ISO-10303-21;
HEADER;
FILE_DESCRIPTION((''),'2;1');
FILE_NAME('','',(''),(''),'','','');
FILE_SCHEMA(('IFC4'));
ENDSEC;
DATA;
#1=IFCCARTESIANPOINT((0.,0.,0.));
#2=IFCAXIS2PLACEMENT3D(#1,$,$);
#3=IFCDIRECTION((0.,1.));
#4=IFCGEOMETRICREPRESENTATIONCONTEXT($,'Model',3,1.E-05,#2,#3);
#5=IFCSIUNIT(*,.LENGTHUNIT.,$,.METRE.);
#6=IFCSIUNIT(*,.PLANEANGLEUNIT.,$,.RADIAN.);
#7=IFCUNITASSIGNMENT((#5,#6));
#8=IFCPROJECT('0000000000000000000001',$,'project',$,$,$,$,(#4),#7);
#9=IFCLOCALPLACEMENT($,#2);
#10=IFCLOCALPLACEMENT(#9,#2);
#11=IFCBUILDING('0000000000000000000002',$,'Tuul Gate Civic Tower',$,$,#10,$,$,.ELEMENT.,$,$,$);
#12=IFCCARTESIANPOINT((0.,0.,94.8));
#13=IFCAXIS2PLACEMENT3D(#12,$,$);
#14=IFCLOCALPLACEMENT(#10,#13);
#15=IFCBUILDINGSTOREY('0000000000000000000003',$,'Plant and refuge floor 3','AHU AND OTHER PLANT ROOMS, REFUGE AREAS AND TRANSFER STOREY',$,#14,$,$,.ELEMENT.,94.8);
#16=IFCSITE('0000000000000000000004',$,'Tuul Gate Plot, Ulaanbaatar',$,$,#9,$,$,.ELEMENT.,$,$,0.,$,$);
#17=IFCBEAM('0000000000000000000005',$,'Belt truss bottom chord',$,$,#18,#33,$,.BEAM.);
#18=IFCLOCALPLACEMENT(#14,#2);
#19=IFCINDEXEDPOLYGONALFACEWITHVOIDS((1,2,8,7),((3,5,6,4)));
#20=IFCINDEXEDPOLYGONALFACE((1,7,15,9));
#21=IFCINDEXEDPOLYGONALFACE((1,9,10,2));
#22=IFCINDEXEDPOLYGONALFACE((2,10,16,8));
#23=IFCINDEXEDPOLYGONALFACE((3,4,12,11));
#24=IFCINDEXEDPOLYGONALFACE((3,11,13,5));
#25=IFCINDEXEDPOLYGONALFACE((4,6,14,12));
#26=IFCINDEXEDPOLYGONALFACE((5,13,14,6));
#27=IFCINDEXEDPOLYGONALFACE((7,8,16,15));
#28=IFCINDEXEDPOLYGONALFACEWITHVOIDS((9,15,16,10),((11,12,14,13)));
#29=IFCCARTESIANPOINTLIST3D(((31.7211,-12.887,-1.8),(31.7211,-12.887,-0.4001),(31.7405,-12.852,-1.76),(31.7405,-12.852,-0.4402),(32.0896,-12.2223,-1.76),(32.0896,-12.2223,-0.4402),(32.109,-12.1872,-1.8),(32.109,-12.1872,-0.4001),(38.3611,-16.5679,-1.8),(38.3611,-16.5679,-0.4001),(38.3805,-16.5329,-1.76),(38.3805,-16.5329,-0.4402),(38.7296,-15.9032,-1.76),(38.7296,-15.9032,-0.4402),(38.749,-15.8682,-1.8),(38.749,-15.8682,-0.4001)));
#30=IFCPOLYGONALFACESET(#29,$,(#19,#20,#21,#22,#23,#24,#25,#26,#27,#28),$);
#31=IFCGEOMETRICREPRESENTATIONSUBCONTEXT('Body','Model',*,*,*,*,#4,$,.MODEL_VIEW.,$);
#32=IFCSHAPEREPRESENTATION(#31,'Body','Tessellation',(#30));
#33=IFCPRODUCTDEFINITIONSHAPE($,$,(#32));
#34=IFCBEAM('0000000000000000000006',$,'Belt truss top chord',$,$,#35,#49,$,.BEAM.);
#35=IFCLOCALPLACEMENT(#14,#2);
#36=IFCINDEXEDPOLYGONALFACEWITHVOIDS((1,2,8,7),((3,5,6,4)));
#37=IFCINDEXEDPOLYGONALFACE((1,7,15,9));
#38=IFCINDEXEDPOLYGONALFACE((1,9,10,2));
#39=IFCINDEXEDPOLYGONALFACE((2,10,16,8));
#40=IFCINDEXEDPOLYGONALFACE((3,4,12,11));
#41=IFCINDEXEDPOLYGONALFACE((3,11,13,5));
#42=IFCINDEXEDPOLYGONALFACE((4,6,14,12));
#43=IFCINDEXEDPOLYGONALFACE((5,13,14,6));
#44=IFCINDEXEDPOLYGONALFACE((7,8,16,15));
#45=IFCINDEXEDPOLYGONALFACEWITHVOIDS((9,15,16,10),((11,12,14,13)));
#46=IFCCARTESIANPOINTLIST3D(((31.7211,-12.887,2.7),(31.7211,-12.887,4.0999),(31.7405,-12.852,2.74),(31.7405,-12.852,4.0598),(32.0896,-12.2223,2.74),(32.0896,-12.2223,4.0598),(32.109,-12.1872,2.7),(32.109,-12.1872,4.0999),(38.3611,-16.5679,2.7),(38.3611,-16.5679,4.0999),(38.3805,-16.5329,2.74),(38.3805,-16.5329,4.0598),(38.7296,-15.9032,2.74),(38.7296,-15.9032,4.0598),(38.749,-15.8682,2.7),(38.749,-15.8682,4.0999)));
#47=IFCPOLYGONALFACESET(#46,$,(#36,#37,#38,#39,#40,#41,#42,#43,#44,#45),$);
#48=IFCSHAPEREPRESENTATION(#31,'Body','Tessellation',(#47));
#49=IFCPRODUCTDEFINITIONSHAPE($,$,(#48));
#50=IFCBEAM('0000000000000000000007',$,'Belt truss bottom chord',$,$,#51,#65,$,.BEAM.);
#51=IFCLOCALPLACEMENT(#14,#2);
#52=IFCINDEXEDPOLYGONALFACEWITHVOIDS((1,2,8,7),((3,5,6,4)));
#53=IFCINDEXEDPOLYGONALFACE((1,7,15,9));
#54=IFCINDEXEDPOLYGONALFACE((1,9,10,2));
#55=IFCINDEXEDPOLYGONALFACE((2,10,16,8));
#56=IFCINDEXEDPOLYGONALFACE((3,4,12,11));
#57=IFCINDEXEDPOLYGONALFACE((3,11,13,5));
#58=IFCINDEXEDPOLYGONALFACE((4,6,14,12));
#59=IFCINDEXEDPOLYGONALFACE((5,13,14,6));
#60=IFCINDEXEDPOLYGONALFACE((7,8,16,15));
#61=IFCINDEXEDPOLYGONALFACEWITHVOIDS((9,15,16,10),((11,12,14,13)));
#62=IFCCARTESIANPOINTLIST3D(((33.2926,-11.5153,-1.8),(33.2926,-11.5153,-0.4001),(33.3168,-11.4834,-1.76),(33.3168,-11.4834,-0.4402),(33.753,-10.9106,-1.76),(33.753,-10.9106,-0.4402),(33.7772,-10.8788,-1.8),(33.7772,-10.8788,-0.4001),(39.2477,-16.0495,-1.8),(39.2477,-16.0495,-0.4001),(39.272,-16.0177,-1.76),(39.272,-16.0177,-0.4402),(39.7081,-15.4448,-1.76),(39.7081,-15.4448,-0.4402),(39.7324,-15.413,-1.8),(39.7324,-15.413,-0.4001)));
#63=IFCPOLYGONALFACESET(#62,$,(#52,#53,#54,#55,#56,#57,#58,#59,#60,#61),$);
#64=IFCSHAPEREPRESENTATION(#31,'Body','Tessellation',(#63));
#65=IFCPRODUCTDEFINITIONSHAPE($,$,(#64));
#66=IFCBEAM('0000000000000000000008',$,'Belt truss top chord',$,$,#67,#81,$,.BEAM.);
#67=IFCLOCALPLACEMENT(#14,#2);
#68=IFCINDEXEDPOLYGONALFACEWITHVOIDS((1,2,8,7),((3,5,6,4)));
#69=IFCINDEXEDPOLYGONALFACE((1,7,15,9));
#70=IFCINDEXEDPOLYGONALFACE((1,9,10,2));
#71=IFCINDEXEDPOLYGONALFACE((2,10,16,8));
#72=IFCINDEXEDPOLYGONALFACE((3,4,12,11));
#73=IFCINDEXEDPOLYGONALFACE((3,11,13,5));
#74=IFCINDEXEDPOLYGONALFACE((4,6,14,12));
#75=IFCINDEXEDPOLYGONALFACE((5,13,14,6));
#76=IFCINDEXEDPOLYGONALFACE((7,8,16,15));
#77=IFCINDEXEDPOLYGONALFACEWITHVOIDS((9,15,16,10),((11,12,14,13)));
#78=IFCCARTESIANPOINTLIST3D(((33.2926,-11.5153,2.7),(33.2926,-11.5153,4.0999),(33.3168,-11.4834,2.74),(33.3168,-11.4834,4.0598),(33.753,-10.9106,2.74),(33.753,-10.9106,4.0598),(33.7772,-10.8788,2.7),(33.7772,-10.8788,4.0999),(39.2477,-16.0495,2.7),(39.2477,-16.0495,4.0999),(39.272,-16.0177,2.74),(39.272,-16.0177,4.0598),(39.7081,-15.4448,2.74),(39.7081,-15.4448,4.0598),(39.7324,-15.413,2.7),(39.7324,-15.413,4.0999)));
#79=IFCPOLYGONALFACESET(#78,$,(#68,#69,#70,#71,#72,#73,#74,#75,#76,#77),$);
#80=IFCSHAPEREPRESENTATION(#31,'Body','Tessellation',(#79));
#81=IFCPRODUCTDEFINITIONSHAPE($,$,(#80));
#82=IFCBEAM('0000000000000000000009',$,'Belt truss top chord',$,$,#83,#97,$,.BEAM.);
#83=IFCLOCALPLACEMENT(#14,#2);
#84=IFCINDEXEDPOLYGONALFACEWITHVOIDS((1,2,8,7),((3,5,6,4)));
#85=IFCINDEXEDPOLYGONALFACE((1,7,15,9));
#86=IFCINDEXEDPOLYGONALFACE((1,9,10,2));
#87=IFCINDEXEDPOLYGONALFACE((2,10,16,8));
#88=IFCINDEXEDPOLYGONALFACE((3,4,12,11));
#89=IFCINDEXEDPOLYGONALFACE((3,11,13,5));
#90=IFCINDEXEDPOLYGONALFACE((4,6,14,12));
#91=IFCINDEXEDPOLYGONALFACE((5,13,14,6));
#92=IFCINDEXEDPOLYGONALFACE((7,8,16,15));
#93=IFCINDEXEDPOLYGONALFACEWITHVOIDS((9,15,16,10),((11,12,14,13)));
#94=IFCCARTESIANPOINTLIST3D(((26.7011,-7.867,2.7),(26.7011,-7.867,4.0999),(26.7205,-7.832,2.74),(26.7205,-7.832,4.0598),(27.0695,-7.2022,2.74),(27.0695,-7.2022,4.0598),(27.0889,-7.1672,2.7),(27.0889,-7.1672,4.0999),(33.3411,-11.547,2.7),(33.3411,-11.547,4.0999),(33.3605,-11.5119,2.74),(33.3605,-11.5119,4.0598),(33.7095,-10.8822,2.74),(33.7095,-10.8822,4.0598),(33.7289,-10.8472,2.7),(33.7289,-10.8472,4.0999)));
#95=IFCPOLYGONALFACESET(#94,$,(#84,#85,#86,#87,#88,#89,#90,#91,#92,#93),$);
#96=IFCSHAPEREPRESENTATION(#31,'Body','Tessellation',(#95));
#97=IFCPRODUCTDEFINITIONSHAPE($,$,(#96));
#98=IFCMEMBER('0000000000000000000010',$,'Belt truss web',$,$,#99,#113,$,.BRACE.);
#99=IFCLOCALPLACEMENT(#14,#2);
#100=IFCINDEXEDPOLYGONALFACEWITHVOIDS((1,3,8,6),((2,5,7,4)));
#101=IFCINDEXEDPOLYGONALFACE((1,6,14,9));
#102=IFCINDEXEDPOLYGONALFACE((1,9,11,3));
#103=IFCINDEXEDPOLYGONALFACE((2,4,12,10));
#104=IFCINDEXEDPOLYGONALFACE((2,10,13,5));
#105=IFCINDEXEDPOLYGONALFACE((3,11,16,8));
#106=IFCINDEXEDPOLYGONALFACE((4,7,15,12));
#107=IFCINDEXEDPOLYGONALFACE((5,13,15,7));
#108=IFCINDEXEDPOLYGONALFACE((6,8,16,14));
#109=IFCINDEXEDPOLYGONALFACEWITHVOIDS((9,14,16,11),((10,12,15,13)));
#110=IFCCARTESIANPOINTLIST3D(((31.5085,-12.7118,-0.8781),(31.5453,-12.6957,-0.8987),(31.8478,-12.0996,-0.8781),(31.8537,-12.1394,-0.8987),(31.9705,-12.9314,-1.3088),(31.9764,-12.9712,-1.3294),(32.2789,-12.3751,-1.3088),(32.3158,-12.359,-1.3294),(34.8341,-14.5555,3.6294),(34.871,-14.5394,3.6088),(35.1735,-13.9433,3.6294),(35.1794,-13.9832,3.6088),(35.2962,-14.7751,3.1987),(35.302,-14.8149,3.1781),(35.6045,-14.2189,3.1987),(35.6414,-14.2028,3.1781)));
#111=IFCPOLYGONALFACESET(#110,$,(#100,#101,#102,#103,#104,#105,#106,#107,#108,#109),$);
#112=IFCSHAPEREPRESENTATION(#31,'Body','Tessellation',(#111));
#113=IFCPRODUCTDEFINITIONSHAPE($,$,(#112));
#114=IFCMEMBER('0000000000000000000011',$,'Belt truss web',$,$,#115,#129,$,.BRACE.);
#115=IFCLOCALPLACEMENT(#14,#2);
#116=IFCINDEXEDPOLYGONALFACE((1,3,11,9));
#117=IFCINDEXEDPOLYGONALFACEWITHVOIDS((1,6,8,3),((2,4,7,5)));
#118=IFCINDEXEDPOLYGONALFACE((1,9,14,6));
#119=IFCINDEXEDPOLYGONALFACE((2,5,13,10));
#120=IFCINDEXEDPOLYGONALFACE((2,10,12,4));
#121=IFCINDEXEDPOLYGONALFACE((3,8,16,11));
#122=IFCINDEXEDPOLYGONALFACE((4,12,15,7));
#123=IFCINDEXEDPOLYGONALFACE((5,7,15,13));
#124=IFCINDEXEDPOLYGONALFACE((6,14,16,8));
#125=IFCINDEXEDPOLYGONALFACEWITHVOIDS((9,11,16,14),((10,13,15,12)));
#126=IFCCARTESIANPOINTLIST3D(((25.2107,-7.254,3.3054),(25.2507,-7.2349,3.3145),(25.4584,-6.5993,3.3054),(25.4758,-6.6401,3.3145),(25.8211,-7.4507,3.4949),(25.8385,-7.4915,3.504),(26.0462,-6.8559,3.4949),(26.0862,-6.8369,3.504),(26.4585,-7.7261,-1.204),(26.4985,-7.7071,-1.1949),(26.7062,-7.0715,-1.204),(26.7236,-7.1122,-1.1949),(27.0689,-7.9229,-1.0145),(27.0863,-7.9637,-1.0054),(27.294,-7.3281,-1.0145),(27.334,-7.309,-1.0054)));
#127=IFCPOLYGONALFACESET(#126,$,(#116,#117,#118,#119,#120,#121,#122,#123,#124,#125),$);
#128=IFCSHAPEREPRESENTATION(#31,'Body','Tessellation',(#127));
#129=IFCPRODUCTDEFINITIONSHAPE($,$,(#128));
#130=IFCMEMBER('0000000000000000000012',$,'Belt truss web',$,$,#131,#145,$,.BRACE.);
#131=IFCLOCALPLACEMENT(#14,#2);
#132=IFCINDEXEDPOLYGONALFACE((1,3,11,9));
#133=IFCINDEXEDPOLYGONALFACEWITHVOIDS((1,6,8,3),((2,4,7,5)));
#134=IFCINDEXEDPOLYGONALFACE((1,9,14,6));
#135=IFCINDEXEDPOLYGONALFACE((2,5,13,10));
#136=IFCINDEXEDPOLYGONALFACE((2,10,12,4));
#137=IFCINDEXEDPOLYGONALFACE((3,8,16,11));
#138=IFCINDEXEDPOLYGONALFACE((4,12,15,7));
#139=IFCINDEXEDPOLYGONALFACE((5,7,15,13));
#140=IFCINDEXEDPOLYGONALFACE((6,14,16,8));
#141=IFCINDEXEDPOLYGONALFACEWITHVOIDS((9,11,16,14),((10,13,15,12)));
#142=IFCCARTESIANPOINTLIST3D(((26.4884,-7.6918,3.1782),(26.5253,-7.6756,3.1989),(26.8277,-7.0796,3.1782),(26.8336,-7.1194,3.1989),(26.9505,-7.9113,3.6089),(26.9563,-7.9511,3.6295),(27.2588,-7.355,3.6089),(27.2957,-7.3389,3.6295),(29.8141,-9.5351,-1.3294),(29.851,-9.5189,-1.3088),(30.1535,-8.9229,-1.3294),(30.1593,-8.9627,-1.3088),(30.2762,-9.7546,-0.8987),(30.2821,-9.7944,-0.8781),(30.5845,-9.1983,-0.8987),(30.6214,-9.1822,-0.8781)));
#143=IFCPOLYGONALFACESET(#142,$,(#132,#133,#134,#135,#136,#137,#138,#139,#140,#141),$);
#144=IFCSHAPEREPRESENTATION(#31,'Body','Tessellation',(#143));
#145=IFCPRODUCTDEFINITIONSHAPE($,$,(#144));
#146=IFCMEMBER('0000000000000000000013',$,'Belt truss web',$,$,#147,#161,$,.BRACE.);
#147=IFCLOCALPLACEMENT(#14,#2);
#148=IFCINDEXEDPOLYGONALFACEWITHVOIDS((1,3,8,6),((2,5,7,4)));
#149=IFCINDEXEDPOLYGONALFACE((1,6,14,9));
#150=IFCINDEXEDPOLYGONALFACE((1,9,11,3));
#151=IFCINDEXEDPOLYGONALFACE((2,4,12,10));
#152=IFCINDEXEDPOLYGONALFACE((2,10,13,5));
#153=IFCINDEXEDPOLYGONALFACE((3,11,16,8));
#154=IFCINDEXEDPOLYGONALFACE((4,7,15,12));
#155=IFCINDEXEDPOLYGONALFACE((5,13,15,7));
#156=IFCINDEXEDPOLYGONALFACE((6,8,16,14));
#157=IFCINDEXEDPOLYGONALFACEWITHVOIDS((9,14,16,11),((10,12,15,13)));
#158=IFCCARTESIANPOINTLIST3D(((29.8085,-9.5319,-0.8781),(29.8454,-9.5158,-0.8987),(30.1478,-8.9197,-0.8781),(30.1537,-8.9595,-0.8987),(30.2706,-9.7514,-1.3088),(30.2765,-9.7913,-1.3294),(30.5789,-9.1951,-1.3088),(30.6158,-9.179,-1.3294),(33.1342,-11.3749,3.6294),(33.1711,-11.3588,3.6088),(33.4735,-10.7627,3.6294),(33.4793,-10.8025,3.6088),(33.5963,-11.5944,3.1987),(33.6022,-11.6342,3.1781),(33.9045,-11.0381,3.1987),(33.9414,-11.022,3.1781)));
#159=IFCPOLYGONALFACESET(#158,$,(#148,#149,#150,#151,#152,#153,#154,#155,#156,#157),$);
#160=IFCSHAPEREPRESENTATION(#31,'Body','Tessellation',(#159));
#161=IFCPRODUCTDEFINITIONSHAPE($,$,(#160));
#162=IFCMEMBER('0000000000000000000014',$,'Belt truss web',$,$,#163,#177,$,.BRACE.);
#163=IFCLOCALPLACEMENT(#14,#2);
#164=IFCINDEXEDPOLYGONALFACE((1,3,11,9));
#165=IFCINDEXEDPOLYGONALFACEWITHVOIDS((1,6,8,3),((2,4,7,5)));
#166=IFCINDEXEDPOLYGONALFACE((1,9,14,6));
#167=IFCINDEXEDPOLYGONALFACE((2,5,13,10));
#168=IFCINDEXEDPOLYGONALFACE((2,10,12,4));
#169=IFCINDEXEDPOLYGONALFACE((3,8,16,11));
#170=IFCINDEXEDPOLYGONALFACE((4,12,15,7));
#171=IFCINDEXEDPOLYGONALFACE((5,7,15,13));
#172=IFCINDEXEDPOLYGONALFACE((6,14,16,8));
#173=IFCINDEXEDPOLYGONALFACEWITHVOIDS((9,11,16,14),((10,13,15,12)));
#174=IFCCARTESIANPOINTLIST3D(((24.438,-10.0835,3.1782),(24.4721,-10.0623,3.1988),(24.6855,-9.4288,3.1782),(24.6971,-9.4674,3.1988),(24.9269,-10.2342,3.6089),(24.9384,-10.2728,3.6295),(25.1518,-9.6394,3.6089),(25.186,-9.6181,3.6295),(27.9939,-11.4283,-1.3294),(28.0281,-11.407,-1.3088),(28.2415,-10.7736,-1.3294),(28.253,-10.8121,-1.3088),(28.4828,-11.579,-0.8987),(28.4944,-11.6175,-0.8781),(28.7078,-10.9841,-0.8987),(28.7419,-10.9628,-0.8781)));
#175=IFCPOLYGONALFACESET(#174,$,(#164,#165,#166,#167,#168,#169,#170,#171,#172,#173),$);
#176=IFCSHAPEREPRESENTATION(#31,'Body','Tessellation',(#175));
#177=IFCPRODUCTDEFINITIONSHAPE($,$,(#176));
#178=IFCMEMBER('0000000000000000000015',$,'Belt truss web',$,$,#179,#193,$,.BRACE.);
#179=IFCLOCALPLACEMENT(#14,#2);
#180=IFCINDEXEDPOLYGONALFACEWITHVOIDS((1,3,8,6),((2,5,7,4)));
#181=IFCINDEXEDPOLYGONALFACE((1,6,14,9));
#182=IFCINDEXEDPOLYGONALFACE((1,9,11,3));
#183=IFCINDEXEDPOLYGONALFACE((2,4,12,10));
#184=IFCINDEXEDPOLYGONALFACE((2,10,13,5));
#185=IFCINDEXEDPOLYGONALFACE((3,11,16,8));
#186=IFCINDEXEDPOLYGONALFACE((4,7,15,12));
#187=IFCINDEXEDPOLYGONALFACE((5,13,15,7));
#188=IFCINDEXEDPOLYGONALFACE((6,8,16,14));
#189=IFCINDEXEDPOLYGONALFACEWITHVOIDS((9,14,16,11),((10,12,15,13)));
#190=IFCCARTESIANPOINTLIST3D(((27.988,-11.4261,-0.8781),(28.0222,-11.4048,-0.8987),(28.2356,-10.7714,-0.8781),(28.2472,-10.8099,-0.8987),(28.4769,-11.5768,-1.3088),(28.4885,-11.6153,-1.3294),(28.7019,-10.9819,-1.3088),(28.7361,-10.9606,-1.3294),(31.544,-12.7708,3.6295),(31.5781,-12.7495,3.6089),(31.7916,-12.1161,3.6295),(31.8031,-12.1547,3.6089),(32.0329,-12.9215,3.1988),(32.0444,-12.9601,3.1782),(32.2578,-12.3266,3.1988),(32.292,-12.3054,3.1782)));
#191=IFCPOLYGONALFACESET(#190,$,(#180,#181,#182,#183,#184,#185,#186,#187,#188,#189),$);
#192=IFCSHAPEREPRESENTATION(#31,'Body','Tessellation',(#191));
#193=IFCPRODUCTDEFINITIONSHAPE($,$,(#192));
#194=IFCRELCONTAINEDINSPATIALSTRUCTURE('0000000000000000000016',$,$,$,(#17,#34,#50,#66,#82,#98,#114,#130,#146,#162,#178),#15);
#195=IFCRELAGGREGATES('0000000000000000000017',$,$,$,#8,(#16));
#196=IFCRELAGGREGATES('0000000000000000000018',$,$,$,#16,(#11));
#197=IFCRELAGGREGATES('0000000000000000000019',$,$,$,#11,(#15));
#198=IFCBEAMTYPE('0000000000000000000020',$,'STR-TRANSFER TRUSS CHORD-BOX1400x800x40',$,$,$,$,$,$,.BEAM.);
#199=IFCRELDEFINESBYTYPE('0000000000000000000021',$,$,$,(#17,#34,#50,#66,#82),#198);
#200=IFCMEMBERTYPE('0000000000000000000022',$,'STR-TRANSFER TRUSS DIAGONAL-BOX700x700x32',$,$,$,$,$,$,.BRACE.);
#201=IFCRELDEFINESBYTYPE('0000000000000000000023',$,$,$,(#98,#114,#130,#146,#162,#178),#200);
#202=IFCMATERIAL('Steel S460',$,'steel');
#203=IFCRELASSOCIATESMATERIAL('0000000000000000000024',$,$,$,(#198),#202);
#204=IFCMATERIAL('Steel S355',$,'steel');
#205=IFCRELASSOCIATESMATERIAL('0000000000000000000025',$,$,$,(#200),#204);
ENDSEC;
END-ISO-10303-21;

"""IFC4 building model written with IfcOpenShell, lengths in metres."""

from ifc_helpers import new_model, si_unit, direction, frame, origin, origin_2d, place, context, subcontext, project, spatial, hollow_rectangle, extrude, material, material_profile, profile_set, type_object, element, save


model = new_model("IFC4")

# Units and contexts
model_context = context("Model", 3, precision=1e-05, world=origin(), true_north=direction((0.0, 1.0)))
body_context = subcontext(model_context, "Body", "Model", "MODEL_VIEW")
ifc_project = project(units=[si_unit("LENGTHUNIT", "METRE"), si_unit("PLANEANGLEUNIT", "RADIAN")], contexts=[model_context])

# Site, building, storey
site_placement = place(None, origin())
site = spatial("IfcSite", under=ifc_project, at=site_placement, Name="Tuul Gate Plot, Ulaanbaatar", CompositionType="ELEMENT", RefElevation=0.0)
building_placement = place(site_placement, origin())
building = spatial("IfcBuilding", under=site, at=building_placement, Name="Tuul Gate Civic Tower", CompositionType="ELEMENT")
storey_placement = place(building_placement, frame((0.0, 0.0, 94.8)))
storey = spatial("IfcBuildingStorey", under=building, at=storey_placement, Name="Plant and refuge floor 3", Description="AHU AND OTHER PLANT ROOMS, REFUGE AREAS AND TRANSFER STOREY", CompositionType="ELEMENT", Elevation=94.8)

# Beams
ifc_material_1 = material(Name="Steel S460", Category="steel")
ifc_material_profile_1 = material_profile(ifc_material_1, hollow_rectangle(XDim=0.8, YDim=1.3999, WallThickness=0.04, at=origin_2d()), Name="BOX1400x800x40")
ifc_profile_set_1 = profile_set([ifc_material_profile_1], Name="Steel S460")
beam_type = type_object("IfcBeamType", Name="STR-TRANSFER TRUSS CHORD-BOX1400x800x40", PredefinedType="BEAM", material=ifc_profile_set_1)
for number, where, z_axis, x_axis, name in (
    (1, (31.915, -12.5371, -1.1001), (0.8746, -0.484845, 0.0), (0.484845, 0.8746, 0.0), "Belt truss bottom chord"),
    (2, (31.915, -12.5371, 3.3999), (0.8746, -0.484845, 0.0), (0.484845, 0.8746, 0.0), "Belt truss top chord"),
):
    element("IfcBeam", number, at=place(storey_placement, frame(where, z_axis=z_axis, x_axis=x_axis)), inside=storey, type_object=beam_type, Name=name, PredefinedType="BEAM", context=body_context, shape_type="SweptSolid", body=[
        extrude(hollow_rectangle(XDim=0.8, YDim=1.3999, WallThickness=0.04, at=origin_2d()), origin(), (0.0, 0.0, 1.0), 7.592),
    ])
for number, where, z_axis, x_axis, name in (
    (3, (33.5349, -11.197, -1.1001), (0.795626, -0.605788, 0.0), (0.605788, 0.795626, 0.0), "Belt truss bottom chord"),
    (4, (33.5349, -11.197, 3.3999), (0.795626, -0.605788, 0.0), (0.605788, 0.795626, 0.0), "Belt truss top chord"),
):
    element("IfcBeam", number, at=place(storey_placement, frame(where, z_axis=z_axis, x_axis=x_axis)), inside=storey, type_object=beam_type, Name=name, PredefinedType="BEAM", context=body_context, shape_type="SweptSolid", body=[
        extrude(hollow_rectangle(XDim=0.8, YDim=1.3999, WallThickness=0.04, at=origin_2d()), origin(), (0.0, 0.0, 1.0), 7.4849),
    ])
beam_placement = place(storey_placement, frame((26.895, -7.5171, 3.3999), z_axis=(0.874654, -0.484747, 0.0), x_axis=(0.484747, 0.874654, 0.0)))
element("IfcBeam", 5, at=beam_placement, inside=storey, type_object=beam_type, Name="Belt truss top chord", PredefinedType="BEAM", context=body_context, shape_type="SweptSolid", body=[
    extrude(hollow_rectangle(XDim=0.8, YDim=1.3999, WallThickness=0.04, at=origin_2d()), origin(), (0.0, 0.0, 1.0), 7.5916),
])

# Members
ifc_material_2 = material(Name="Steel S355", Category="steel")
ifc_material_profile_2 = material_profile(ifc_material_2, hollow_rectangle(XDim=0.7, YDim=0.7, WallThickness=0.032, at=origin_2d()), Name="BOX700x700x32")
ifc_profile_set_2 = profile_set([ifc_material_profile_2], Name="Steel S355")
member_type_1 = type_object("IfcMemberType", Name="STR-TRANSFER TRUSS DIAGONAL-BOX700x700x32", PredefinedType="BRACE", material=ifc_profile_set_2)
member_1_placement = place(storey_placement, frame((31.9121, -12.5354, -1.1038), z_axis=(0.563936, -0.312645, 0.764349), x_axis=(0.484869, 0.874587, 0.0)))
element("IfcMember", 6, at=member_1_placement, inside=storey, type_object=member_type_1, Name="Belt truss web", PredefinedType="BRACE", context=body_context, shape_type="SweptSolid", body=[
    extrude(hollow_rectangle(XDim=0.7, YDim=0.7, WallThickness=0.032, at=origin_2d()), origin(), (0.0, 0.0, 1.0), 5.8972),
])
member_2_placement = place(storey_placement, frame((26.8962, -7.5176, -1.1047), z_axis=(-0.265335, 0.100403, 0.958914), x_axis=(-0.353909, -0.93528, 0.0)))
element("IfcMember", 7, at=member_2_placement, inside=storey, type_object=member_type_1, Name="Belt truss web", PredefinedType="BRACE", context=body_context, shape_type="SweptSolid", body=[
    extrude(hollow_rectangle(XDim=0.7, YDim=0.7, WallThickness=0.032, at=origin_2d()), origin(), (0.0, 0.0, 1.0), 4.7026),
])
member_3_placement = place(storey_placement, frame((30.2178, -9.3586, -1.1038), z_axis=(-0.563951, 0.31257, 0.764368), x_axis=(-0.48477, -0.874641, 0.0)))
element("IfcMember", 8, at=member_3_placement, inside=storey, type_object=member_type_1, Name="Belt truss web", PredefinedType="BRACE", context=body_context, shape_type="SweptSolid", body=[
    extrude(hollow_rectangle(XDim=0.7, YDim=0.7, WallThickness=0.032, at=origin_2d()), origin(), (0.0, 0.0, 1.0), 5.8972),
])
member_4_placement = place(storey_placement, frame((30.2122, -9.3555, -1.1038), z_axis=(0.563958, -0.312533, 0.764378), x_axis=(0.484721, 0.874669, 0.0)))
element("IfcMember", 9, at=member_4_placement, inside=storey, type_object=member_type_1, Name="Belt truss web", PredefinedType="BRACE", context=body_context, shape_type="SweptSolid", body=[
    extrude(hollow_rectangle(XDim=0.7, YDim=0.7, WallThickness=0.032, at=origin_2d()), origin(), (0.0, 0.0, 1.0), 5.897),
])
for number, where, z_axis, x_axis, name in (
    (10, (28.3679, -11.1956, -1.1038), (-0.603035, 0.228048, 0.764424), (-0.353719, -0.935352, 0.0), "Belt truss web"),
    (11, (28.3621, -11.1934, -1.1038), (0.603035, -0.228048, 0.764424), (0.353719, 0.935352, 0.0), "Belt truss web"),
):
    element("IfcMember", number, at=place(storey_placement, frame(where, z_axis=z_axis, x_axis=x_axis)), inside=storey, type_object=member_type_1, Name=name, PredefinedType="BRACE", context=body_context, shape_type="SweptSolid", body=[
        extrude(hollow_rectangle(XDim=0.7, YDim=0.7, WallThickness=0.032, at=origin_2d()), origin(), (0.0, 0.0, 1.0), 5.8967),
    ])

save(model, "model.ifc")
